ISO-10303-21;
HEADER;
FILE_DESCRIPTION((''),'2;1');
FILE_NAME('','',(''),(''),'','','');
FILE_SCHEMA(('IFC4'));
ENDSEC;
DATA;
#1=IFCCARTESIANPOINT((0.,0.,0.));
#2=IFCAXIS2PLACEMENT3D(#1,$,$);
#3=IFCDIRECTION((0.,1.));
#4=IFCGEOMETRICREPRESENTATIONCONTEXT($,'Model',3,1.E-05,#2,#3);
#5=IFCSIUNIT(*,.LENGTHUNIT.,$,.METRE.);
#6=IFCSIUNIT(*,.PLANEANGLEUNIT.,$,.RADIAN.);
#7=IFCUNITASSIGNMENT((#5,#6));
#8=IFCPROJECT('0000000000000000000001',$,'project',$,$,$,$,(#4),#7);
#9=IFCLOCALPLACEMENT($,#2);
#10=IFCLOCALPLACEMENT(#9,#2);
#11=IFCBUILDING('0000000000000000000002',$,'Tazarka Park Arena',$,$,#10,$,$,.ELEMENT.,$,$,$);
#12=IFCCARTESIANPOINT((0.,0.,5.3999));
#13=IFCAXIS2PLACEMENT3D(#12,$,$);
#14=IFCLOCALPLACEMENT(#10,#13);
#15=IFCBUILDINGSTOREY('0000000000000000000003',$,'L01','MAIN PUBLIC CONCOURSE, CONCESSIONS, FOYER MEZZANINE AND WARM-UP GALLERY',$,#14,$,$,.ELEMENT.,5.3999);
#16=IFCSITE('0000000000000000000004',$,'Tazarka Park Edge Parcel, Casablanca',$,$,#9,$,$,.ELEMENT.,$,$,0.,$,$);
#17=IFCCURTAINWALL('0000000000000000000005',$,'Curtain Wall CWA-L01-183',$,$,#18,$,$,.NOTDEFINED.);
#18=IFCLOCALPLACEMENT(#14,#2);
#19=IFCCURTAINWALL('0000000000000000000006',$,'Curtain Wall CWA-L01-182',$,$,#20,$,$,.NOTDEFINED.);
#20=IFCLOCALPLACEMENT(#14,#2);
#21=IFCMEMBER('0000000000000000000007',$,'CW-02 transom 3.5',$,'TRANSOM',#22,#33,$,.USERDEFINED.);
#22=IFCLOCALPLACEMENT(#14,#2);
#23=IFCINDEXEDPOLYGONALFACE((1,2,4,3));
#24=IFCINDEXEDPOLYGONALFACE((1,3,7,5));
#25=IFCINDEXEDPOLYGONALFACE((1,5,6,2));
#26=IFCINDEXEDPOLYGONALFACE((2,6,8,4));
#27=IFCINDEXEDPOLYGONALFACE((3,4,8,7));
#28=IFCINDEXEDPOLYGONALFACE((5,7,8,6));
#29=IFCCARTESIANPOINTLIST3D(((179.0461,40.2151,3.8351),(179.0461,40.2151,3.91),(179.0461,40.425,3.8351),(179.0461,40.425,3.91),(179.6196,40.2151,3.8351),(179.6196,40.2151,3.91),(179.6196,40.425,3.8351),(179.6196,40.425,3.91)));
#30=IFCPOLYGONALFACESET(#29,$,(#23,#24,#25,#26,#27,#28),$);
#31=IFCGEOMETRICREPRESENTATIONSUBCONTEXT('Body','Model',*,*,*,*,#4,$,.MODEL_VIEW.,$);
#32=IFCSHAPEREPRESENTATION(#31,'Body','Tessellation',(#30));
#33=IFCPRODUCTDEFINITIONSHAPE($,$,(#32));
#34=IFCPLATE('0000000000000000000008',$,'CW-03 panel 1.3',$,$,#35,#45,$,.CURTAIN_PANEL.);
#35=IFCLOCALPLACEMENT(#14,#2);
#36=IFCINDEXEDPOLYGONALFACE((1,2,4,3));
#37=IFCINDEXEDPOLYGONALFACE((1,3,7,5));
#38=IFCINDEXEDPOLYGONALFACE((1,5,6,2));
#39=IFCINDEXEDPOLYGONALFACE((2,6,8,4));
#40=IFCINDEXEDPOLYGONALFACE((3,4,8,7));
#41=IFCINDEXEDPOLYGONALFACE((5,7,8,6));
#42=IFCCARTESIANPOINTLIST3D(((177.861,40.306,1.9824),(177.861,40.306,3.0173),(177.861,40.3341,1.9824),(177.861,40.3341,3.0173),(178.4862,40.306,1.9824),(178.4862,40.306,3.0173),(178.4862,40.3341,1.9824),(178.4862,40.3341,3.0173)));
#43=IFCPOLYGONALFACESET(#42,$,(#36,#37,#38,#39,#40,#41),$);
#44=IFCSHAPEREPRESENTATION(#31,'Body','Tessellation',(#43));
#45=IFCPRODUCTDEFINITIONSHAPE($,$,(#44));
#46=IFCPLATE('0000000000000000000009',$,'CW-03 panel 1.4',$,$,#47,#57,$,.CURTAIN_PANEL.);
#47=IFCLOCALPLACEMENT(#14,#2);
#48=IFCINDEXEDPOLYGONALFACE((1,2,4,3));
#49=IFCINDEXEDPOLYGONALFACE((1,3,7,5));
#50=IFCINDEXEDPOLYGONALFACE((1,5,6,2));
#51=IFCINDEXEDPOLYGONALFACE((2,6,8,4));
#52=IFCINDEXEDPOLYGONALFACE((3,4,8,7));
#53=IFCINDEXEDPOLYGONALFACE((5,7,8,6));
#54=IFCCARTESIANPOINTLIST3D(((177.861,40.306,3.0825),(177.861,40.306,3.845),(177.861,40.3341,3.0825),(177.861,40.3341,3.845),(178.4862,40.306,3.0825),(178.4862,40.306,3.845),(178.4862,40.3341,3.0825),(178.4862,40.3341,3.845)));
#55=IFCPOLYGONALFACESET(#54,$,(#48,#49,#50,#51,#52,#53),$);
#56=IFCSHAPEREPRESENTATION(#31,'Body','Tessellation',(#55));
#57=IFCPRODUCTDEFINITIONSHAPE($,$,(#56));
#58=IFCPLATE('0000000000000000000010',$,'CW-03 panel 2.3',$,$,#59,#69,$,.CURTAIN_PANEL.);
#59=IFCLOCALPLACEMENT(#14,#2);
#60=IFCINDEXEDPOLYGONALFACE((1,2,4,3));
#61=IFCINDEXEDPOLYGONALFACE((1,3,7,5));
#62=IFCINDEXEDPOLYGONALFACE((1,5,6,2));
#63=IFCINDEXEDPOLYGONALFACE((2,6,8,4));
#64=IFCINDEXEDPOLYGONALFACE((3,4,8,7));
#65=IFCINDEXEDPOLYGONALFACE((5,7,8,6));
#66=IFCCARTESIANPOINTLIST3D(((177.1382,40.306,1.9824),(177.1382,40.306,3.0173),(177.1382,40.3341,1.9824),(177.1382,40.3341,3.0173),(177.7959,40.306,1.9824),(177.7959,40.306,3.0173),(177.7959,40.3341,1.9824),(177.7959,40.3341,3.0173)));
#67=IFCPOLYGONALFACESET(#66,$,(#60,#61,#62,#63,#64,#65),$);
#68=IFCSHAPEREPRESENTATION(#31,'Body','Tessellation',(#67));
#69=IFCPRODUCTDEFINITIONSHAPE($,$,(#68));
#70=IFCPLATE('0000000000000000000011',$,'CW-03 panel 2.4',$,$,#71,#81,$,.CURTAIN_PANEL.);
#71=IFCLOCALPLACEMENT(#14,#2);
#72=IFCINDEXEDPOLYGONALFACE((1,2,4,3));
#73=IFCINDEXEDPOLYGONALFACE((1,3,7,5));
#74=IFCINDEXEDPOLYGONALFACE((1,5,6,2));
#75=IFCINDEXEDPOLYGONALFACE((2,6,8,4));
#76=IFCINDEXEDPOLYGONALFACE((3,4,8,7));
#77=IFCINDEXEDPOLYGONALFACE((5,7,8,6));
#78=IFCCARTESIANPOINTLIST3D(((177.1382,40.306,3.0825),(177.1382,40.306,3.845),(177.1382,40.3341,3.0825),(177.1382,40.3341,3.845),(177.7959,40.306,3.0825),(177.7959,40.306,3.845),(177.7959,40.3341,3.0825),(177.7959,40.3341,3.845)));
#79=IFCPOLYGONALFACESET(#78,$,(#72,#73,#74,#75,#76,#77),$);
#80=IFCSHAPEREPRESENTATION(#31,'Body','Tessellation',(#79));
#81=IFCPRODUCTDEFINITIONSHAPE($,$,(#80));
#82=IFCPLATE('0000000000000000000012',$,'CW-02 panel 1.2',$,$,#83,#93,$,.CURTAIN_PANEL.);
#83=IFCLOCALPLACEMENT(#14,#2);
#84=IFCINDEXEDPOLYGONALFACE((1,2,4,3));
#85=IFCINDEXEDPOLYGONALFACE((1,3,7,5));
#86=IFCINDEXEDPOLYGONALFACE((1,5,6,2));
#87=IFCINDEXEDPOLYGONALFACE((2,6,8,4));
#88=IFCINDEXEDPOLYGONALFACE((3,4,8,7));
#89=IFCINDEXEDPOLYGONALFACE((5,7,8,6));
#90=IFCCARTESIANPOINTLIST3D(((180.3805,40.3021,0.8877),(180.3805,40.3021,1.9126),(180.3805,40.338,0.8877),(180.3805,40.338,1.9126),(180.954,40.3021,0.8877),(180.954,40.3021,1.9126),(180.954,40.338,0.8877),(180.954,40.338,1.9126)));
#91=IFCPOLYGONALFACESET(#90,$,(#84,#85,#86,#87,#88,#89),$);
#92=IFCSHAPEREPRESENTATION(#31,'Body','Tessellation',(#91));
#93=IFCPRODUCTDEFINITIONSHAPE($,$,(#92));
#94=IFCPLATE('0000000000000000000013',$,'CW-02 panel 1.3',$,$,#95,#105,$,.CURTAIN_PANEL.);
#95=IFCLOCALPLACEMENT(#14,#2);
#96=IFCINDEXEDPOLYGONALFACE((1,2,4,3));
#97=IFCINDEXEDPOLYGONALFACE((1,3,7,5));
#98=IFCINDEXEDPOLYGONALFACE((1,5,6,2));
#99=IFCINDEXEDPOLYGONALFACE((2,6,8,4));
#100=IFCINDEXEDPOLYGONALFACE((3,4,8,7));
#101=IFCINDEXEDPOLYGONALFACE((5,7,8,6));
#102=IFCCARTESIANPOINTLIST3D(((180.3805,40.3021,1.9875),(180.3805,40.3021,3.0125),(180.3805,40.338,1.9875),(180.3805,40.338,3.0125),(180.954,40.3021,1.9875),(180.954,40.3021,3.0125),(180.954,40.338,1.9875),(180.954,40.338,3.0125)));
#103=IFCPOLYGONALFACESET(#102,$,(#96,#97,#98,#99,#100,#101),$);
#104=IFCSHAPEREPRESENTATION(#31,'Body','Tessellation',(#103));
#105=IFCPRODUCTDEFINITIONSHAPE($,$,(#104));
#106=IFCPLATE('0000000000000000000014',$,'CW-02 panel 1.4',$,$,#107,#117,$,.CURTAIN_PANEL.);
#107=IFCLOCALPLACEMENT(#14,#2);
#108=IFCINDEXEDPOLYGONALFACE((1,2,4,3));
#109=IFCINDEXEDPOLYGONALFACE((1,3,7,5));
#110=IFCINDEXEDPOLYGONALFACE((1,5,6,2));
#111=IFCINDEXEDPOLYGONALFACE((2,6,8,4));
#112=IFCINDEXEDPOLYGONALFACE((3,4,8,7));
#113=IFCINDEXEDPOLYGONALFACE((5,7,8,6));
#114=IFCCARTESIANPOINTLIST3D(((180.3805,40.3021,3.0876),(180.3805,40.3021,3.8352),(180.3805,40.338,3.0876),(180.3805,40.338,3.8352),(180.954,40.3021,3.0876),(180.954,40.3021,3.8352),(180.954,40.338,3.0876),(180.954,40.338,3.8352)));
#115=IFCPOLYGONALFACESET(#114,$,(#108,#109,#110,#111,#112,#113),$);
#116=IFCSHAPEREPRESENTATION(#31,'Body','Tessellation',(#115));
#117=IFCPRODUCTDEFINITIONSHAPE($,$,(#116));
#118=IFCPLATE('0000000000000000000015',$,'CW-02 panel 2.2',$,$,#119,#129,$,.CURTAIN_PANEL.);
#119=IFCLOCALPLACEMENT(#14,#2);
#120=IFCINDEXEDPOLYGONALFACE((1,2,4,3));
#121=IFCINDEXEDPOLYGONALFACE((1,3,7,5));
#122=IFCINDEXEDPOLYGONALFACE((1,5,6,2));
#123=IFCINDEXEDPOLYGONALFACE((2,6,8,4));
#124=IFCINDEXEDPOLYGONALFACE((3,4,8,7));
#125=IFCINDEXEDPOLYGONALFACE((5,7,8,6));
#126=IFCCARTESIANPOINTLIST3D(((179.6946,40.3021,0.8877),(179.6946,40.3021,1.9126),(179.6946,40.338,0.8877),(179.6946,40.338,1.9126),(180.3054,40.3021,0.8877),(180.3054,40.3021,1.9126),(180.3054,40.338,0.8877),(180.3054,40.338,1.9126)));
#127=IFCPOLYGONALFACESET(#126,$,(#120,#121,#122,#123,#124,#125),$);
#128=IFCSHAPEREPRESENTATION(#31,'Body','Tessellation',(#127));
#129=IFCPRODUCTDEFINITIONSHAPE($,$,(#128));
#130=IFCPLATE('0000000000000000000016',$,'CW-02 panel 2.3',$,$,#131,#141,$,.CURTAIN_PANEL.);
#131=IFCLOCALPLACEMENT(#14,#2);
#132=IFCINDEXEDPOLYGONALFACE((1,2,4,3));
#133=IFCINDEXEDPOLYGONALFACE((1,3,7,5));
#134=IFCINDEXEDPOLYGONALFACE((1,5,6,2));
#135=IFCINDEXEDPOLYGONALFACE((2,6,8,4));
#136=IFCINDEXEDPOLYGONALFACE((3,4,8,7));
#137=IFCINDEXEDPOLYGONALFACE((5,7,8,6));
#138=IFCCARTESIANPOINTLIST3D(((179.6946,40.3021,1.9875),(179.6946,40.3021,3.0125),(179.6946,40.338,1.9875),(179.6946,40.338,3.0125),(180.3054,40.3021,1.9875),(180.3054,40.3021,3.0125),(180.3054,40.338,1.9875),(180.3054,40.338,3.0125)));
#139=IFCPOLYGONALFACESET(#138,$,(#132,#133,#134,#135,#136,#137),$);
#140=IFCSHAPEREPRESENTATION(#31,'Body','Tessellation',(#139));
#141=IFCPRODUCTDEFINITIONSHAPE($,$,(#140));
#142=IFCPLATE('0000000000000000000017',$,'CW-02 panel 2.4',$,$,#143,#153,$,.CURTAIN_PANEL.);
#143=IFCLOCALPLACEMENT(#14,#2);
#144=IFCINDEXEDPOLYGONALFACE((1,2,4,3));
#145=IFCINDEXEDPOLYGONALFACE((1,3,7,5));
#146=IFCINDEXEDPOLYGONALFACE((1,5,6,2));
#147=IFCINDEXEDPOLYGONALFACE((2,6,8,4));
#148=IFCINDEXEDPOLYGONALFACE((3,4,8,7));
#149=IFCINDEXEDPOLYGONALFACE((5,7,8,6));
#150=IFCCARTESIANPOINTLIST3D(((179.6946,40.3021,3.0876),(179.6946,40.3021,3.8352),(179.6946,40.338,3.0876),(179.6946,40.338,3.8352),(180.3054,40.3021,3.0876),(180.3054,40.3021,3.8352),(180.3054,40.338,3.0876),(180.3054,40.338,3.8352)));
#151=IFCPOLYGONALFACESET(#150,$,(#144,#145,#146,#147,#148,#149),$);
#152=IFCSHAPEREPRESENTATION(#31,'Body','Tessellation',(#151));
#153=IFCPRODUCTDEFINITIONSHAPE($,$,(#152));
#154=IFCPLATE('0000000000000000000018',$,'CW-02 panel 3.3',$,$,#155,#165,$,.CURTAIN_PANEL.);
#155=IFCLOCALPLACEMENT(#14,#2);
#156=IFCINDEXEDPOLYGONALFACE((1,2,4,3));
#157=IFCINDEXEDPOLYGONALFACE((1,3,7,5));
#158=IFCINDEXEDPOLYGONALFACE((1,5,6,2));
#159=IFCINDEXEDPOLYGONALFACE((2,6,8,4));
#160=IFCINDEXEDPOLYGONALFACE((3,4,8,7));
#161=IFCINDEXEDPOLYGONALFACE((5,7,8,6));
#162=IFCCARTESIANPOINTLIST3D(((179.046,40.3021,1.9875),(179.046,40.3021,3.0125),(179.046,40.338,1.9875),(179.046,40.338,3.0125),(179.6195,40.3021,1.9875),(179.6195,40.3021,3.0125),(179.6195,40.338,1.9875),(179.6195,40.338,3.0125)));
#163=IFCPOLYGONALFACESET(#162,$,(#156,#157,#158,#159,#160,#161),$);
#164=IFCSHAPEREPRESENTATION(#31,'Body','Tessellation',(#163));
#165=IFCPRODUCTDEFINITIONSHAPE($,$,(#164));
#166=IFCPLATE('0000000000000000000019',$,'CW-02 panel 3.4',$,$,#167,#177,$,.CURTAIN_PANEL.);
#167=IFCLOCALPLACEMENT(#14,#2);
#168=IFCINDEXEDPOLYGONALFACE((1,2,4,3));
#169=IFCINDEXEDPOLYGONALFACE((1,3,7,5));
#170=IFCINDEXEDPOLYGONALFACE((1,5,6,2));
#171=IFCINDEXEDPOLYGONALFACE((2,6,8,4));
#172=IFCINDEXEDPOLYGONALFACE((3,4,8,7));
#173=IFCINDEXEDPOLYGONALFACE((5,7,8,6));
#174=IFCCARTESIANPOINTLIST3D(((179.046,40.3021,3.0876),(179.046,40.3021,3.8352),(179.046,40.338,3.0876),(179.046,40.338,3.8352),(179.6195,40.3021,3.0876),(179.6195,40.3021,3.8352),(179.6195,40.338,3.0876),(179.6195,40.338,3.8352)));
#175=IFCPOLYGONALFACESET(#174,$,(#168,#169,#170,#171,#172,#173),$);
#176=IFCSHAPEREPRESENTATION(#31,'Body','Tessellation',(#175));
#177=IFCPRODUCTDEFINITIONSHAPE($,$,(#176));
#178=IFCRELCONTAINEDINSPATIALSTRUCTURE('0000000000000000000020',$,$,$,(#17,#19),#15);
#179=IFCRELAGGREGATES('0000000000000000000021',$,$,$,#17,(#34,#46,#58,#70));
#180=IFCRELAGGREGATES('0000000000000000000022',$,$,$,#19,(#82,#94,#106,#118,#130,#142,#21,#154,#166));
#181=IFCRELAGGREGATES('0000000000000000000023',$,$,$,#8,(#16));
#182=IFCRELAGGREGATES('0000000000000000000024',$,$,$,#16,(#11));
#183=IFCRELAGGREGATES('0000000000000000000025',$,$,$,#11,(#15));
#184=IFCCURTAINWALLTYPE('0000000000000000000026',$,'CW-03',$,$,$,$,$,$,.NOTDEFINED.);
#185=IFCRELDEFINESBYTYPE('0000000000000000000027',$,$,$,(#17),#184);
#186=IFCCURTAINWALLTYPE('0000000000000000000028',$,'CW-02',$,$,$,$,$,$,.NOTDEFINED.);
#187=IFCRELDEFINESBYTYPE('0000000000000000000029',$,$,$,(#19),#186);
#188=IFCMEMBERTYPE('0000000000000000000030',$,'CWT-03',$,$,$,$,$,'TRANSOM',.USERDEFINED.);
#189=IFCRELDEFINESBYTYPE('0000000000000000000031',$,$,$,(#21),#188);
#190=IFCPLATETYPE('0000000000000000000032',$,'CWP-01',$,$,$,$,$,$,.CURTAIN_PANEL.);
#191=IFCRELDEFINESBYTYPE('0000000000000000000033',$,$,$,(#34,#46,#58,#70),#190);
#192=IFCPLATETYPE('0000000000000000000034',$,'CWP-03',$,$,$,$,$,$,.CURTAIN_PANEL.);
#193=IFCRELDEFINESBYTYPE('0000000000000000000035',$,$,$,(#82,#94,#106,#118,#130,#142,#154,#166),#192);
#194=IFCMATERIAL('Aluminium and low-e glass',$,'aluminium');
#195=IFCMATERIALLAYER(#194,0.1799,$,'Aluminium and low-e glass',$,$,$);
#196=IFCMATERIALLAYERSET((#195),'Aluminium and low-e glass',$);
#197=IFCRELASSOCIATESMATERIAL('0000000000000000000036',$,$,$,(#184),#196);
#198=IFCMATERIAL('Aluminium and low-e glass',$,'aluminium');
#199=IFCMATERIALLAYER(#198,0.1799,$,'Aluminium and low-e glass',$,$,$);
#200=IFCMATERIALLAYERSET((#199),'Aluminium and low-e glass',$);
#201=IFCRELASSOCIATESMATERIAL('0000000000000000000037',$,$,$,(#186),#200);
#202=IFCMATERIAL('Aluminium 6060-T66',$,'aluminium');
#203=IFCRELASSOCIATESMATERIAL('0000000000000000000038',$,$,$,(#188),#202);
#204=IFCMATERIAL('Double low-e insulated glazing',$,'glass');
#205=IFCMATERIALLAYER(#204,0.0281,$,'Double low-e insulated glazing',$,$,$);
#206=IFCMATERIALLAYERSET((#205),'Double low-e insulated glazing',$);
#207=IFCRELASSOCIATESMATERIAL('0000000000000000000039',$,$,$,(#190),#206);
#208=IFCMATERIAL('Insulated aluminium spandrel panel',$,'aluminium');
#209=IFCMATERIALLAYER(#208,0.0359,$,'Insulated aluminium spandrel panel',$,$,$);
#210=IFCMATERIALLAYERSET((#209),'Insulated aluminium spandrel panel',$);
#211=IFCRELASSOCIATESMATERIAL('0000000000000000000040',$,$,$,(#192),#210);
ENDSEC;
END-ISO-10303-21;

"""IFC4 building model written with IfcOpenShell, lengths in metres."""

from ifc_helpers import new_model, si_unit, direction, frame, origin, origin_2d, place, context, subcontext, project, spatial, rectangle, extrude, material, layer, layer_set, material_profile, profile_set, type_object, element, aggregate, save


model = new_model("IFC4")

# Units and contexts
model_context = context("Model", 3, precision=1e-05, world=origin(), true_north=direction((0.0, 1.0)))
body_context = subcontext(model_context, "Body", "Model", "MODEL_VIEW")
ifc_project = project(units=[si_unit("LENGTHUNIT", "METRE"), si_unit("PLANEANGLEUNIT", "RADIAN")], contexts=[model_context])

# Site, building, storey
site_placement = place(None, origin())
site = spatial("IfcSite", under=ifc_project, at=site_placement, Name="Tazarka Park Edge Parcel, Casablanca", CompositionType="ELEMENT", RefElevation=0.0)
building_placement = place(site_placement, origin())
building = spatial("IfcBuilding", under=site, at=building_placement, Name="Tazarka Park Arena", CompositionType="ELEMENT")
storey_placement = place(building_placement, frame((0.0, 0.0, 5.3999)))
storey = spatial("IfcBuildingStorey", under=building, at=storey_placement, Name="L01", Description="MAIN PUBLIC CONCOURSE, CONCESSIONS, FOYER MEZZANINE AND WARM-UP GALLERY", CompositionType="ELEMENT", Elevation=5.3999)

# Curtain walls, member
ifc_material_1 = material(Name="Aluminium and low-e glass", Category="aluminium")
ifc_layer_1 = layer(ifc_material_1, 0.1799, Name="Aluminium and low-e glass")
ifc_layer_set_1 = layer_set([ifc_layer_1], Name="Aluminium and low-e glass")
curtain_wall_type_1 = type_object("IfcCurtainWallType", Name="CW-03", PredefinedType="NOTDEFINED", material=ifc_layer_set_1)
curtain_wall_1_placement = place(storey_placement, origin())
curtain_wall_1 = element("IfcCurtainWall", 1, at=curtain_wall_1_placement, inside=storey, type_object=curtain_wall_type_1, Name="Curtain Wall CWA-L01-183", PredefinedType="NOTDEFINED")
ifc_material_2 = material(Name="Aluminium and low-e glass", Category="aluminium")
ifc_layer_2 = layer(ifc_material_2, 0.1799, Name="Aluminium and low-e glass")
ifc_layer_set_2 = layer_set([ifc_layer_2], Name="Aluminium and low-e glass")
curtain_wall_type_2 = type_object("IfcCurtainWallType", Name="CW-02", PredefinedType="NOTDEFINED", material=ifc_layer_set_2)
curtain_wall_2_placement = place(storey_placement, origin())
curtain_wall_2 = element("IfcCurtainWall", 2, at=curtain_wall_2_placement, inside=storey, type_object=curtain_wall_type_2, Name="Curtain Wall CWA-L01-182", PredefinedType="NOTDEFINED")
ifc_material_3 = material(Name="Aluminium 6060-T66", Category="aluminium")
ifc_material_profile_1 = material_profile(ifc_material_3, rectangle(XDim=0.21, YDim=0.075, at=origin_2d()), Name="Aluminium 6060-T66")
ifc_profile_set_1 = profile_set([ifc_material_profile_1], Name="Aluminium 6060-T66")
member_type_1 = type_object("IfcMemberType", Name="CWT-03", ElementType="TRANSOM", PredefinedType="USERDEFINED", material=ifc_profile_set_1)
member_1_placement = place(storey_placement, frame((179.6196, 40.3201, 3.8726), z_axis=(-1.0, 0.0, 0.0), x_axis=(0.0, -1.0, 0.0)))
member_1 = element("IfcMember", 3, at=member_1_placement, type_object=member_type_1, Name="CW-02 transom 3.5", ObjectType="TRANSOM", PredefinedType="USERDEFINED", context=body_context, shape_type="SweptSolid", body=[
    extrude(rectangle(XDim=0.21, YDim=0.075, at=origin_2d()), origin(), (0.0, 0.0, 1.0), 0.5735),
])

# Plates
ifc_material_4 = material(Name="Double low-e insulated glazing", Category="glass")
ifc_layer_3 = layer(ifc_material_4, 0.0281, Name="Double low-e insulated glazing")
ifc_layer_set_3 = layer_set([ifc_layer_3], Name="Double low-e insulated glazing")
plate_type_1 = type_object("IfcPlateType", Name="CWP-01", PredefinedType="CURTAIN_PANEL", material=ifc_layer_set_3)
plate_1_placement = place(storey_placement, frame((178.1736, 40.3201, 1.9824), z_axis=(0.0, 0.0, 1.0), x_axis=(-1.0, 0.0, 0.0)))
plate_1 = element("IfcPlate", 4, at=plate_1_placement, type_object=plate_type_1, Name="CW-03 panel 1.3", PredefinedType="CURTAIN_PANEL", context=body_context, shape_type="SweptSolid", body=[
    extrude(rectangle(XDim=0.6252, YDim=0.0281, at=origin_2d()), origin(), (0.0, 0.0, 1.0), 1.0349),
])
plate_2_placement = place(storey_placement, frame((178.1736, 40.3201, 3.0825), z_axis=(0.0, 0.0, 1.0), x_axis=(-1.0, 0.0, 0.0)))
plate_2 = element("IfcPlate", 5, at=plate_2_placement, type_object=plate_type_1, Name="CW-03 panel 1.4", PredefinedType="CURTAIN_PANEL", context=body_context, shape_type="SweptSolid", body=[
    extrude(rectangle(XDim=0.6252, YDim=0.0281, at=origin_2d()), origin(), (0.0, 0.0, 1.0), 0.7625),
])
plate_3_placement = place(storey_placement, frame((177.467, 40.3201, 1.9824), z_axis=(0.0, 0.0, 1.0), x_axis=(-1.0, 0.0, 0.0)))
plate_3 = element("IfcPlate", 6, at=plate_3_placement, type_object=plate_type_1, Name="CW-03 panel 2.3", PredefinedType="CURTAIN_PANEL", context=body_context, shape_type="SweptSolid", body=[
    extrude(rectangle(XDim=0.6577, YDim=0.0281, at=origin_2d()), origin(), (0.0, 0.0, 1.0), 1.0349),
])
plate_4_placement = place(storey_placement, frame((177.467, 40.3201, 3.0825), z_axis=(0.0, 0.0, 1.0), x_axis=(-1.0, 0.0, 0.0)))
plate_4 = element("IfcPlate", 7, at=plate_4_placement, type_object=plate_type_1, Name="CW-03 panel 2.4", PredefinedType="CURTAIN_PANEL", context=body_context, shape_type="SweptSolid", body=[
    extrude(rectangle(XDim=0.6577, YDim=0.0281, at=origin_2d()), origin(), (0.0, 0.0, 1.0), 0.7625),
])
aggregate(curtain_wall_1, [plate_1, plate_2, plate_3, plate_4])
ifc_material_5 = material(Name="Insulated aluminium spandrel panel", Category="aluminium")
ifc_layer_4 = layer(ifc_material_5, 0.0359, Name="Insulated aluminium spandrel panel")
ifc_layer_set_4 = layer_set([ifc_layer_4], Name="Insulated aluminium spandrel panel")
plate_type_2 = type_object("IfcPlateType", Name="CWP-03", PredefinedType="CURTAIN_PANEL", material=ifc_layer_set_4)
plate_5_placement = place(storey_placement, frame((180.6672, 40.3201, 0.8877), z_axis=(0.0, 0.0, 1.0), x_axis=(-1.0, 0.0, 0.0)))
plate_5 = element("IfcPlate", 8, at=plate_5_placement, type_object=plate_type_2, Name="CW-02 panel 1.2", PredefinedType="CURTAIN_PANEL", context=body_context, shape_type="SweptSolid", body=[
    extrude(rectangle(XDim=0.5735, YDim=0.0359, at=origin_2d()), origin(), (0.0, 0.0, 1.0), 1.0249),
])
plate_6_placement = place(storey_placement, frame((180.6672, 40.3201, 1.9875), z_axis=(0.0, 0.0, 1.0), x_axis=(-1.0, 0.0, 0.0)))
plate_6 = element("IfcPlate", 9, at=plate_6_placement, type_object=plate_type_2, Name="CW-02 panel 1.3", PredefinedType="CURTAIN_PANEL", context=body_context, shape_type="SweptSolid", body=[
    extrude(rectangle(XDim=0.5735, YDim=0.0359, at=origin_2d()), origin(), (0.0, 0.0, 1.0), 1.0249),
])
plate_7_placement = place(storey_placement, frame((180.6672, 40.3201, 3.0876), z_axis=(0.0, 0.0, 1.0), x_axis=(-1.0, 0.0, 0.0)))
plate_7 = element("IfcPlate", 10, at=plate_7_placement, type_object=plate_type_2, Name="CW-02 panel 1.4", PredefinedType="CURTAIN_PANEL", context=body_context, shape_type="SweptSolid", body=[
    extrude(rectangle(XDim=0.5735, YDim=0.0359, at=origin_2d()), origin(), (0.0, 0.0, 1.0), 0.7476),
])
plate_8_placement = place(storey_placement, frame((180.0, 40.3201, 0.8877), z_axis=(0.0, 0.0, 1.0), x_axis=(-1.0, 0.0, 0.0)))
plate_8 = element("IfcPlate", 11, at=plate_8_placement, type_object=plate_type_2, Name="CW-02 panel 2.2", PredefinedType="CURTAIN_PANEL", context=body_context, shape_type="SweptSolid", body=[
    extrude(rectangle(XDim=0.6108, YDim=0.0359, at=origin_2d()), origin(), (0.0, 0.0, 1.0), 1.0249),
])
plate_9_placement = place(storey_placement, frame((180.0, 40.3201, 1.9875), z_axis=(0.0, 0.0, 1.0), x_axis=(-1.0, 0.0, 0.0)))
plate_9 = element("IfcPlate", 12, at=plate_9_placement, type_object=plate_type_2, Name="CW-02 panel 2.3", PredefinedType="CURTAIN_PANEL", context=body_context, shape_type="SweptSolid", body=[
    extrude(rectangle(XDim=0.6108, YDim=0.0359, at=origin_2d()), origin(), (0.0, 0.0, 1.0), 1.0249),
])
plate_10_placement = place(storey_placement, frame((180.0, 40.3201, 3.0876), z_axis=(0.0, 0.0, 1.0), x_axis=(-1.0, 0.0, 0.0)))
plate_10 = element("IfcPlate", 13, at=plate_10_placement, type_object=plate_type_2, Name="CW-02 panel 2.4", PredefinedType="CURTAIN_PANEL", context=body_context, shape_type="SweptSolid", body=[
    extrude(rectangle(XDim=0.6108, YDim=0.0359, at=origin_2d()), origin(), (0.0, 0.0, 1.0), 0.7476),
])
plate_11_placement = place(storey_placement, frame((179.3328, 40.3201, 1.9875), z_axis=(0.0, 0.0, 1.0), x_axis=(-1.0, 0.0, 0.0)))
plate_11 = element("IfcPlate", 14, at=plate_11_placement, type_object=plate_type_2, Name="CW-02 panel 3.3", PredefinedType="CURTAIN_PANEL", context=body_context, shape_type="SweptSolid", body=[
    extrude(rectangle(XDim=0.5735, YDim=0.0359, at=origin_2d()), origin(), (0.0, 0.0, 1.0), 1.0249),
])
plate_12_placement = place(storey_placement, frame((179.3328, 40.3201, 3.0876), z_axis=(0.0, 0.0, 1.0), x_axis=(-1.0, 0.0, 0.0)))
plate_12 = element("IfcPlate", 15, at=plate_12_placement, type_object=plate_type_2, Name="CW-02 panel 3.4", PredefinedType="CURTAIN_PANEL", context=body_context, shape_type="SweptSolid", body=[
    extrude(rectangle(XDim=0.5735, YDim=0.0359, at=origin_2d()), origin(), (0.0, 0.0, 1.0), 0.7476),
])
aggregate(curtain_wall_2, [plate_5, plate_6, plate_7, plate_8, plate_9, plate_10, member_1, plate_11, plate_12])

save(model, "model.ifc")
